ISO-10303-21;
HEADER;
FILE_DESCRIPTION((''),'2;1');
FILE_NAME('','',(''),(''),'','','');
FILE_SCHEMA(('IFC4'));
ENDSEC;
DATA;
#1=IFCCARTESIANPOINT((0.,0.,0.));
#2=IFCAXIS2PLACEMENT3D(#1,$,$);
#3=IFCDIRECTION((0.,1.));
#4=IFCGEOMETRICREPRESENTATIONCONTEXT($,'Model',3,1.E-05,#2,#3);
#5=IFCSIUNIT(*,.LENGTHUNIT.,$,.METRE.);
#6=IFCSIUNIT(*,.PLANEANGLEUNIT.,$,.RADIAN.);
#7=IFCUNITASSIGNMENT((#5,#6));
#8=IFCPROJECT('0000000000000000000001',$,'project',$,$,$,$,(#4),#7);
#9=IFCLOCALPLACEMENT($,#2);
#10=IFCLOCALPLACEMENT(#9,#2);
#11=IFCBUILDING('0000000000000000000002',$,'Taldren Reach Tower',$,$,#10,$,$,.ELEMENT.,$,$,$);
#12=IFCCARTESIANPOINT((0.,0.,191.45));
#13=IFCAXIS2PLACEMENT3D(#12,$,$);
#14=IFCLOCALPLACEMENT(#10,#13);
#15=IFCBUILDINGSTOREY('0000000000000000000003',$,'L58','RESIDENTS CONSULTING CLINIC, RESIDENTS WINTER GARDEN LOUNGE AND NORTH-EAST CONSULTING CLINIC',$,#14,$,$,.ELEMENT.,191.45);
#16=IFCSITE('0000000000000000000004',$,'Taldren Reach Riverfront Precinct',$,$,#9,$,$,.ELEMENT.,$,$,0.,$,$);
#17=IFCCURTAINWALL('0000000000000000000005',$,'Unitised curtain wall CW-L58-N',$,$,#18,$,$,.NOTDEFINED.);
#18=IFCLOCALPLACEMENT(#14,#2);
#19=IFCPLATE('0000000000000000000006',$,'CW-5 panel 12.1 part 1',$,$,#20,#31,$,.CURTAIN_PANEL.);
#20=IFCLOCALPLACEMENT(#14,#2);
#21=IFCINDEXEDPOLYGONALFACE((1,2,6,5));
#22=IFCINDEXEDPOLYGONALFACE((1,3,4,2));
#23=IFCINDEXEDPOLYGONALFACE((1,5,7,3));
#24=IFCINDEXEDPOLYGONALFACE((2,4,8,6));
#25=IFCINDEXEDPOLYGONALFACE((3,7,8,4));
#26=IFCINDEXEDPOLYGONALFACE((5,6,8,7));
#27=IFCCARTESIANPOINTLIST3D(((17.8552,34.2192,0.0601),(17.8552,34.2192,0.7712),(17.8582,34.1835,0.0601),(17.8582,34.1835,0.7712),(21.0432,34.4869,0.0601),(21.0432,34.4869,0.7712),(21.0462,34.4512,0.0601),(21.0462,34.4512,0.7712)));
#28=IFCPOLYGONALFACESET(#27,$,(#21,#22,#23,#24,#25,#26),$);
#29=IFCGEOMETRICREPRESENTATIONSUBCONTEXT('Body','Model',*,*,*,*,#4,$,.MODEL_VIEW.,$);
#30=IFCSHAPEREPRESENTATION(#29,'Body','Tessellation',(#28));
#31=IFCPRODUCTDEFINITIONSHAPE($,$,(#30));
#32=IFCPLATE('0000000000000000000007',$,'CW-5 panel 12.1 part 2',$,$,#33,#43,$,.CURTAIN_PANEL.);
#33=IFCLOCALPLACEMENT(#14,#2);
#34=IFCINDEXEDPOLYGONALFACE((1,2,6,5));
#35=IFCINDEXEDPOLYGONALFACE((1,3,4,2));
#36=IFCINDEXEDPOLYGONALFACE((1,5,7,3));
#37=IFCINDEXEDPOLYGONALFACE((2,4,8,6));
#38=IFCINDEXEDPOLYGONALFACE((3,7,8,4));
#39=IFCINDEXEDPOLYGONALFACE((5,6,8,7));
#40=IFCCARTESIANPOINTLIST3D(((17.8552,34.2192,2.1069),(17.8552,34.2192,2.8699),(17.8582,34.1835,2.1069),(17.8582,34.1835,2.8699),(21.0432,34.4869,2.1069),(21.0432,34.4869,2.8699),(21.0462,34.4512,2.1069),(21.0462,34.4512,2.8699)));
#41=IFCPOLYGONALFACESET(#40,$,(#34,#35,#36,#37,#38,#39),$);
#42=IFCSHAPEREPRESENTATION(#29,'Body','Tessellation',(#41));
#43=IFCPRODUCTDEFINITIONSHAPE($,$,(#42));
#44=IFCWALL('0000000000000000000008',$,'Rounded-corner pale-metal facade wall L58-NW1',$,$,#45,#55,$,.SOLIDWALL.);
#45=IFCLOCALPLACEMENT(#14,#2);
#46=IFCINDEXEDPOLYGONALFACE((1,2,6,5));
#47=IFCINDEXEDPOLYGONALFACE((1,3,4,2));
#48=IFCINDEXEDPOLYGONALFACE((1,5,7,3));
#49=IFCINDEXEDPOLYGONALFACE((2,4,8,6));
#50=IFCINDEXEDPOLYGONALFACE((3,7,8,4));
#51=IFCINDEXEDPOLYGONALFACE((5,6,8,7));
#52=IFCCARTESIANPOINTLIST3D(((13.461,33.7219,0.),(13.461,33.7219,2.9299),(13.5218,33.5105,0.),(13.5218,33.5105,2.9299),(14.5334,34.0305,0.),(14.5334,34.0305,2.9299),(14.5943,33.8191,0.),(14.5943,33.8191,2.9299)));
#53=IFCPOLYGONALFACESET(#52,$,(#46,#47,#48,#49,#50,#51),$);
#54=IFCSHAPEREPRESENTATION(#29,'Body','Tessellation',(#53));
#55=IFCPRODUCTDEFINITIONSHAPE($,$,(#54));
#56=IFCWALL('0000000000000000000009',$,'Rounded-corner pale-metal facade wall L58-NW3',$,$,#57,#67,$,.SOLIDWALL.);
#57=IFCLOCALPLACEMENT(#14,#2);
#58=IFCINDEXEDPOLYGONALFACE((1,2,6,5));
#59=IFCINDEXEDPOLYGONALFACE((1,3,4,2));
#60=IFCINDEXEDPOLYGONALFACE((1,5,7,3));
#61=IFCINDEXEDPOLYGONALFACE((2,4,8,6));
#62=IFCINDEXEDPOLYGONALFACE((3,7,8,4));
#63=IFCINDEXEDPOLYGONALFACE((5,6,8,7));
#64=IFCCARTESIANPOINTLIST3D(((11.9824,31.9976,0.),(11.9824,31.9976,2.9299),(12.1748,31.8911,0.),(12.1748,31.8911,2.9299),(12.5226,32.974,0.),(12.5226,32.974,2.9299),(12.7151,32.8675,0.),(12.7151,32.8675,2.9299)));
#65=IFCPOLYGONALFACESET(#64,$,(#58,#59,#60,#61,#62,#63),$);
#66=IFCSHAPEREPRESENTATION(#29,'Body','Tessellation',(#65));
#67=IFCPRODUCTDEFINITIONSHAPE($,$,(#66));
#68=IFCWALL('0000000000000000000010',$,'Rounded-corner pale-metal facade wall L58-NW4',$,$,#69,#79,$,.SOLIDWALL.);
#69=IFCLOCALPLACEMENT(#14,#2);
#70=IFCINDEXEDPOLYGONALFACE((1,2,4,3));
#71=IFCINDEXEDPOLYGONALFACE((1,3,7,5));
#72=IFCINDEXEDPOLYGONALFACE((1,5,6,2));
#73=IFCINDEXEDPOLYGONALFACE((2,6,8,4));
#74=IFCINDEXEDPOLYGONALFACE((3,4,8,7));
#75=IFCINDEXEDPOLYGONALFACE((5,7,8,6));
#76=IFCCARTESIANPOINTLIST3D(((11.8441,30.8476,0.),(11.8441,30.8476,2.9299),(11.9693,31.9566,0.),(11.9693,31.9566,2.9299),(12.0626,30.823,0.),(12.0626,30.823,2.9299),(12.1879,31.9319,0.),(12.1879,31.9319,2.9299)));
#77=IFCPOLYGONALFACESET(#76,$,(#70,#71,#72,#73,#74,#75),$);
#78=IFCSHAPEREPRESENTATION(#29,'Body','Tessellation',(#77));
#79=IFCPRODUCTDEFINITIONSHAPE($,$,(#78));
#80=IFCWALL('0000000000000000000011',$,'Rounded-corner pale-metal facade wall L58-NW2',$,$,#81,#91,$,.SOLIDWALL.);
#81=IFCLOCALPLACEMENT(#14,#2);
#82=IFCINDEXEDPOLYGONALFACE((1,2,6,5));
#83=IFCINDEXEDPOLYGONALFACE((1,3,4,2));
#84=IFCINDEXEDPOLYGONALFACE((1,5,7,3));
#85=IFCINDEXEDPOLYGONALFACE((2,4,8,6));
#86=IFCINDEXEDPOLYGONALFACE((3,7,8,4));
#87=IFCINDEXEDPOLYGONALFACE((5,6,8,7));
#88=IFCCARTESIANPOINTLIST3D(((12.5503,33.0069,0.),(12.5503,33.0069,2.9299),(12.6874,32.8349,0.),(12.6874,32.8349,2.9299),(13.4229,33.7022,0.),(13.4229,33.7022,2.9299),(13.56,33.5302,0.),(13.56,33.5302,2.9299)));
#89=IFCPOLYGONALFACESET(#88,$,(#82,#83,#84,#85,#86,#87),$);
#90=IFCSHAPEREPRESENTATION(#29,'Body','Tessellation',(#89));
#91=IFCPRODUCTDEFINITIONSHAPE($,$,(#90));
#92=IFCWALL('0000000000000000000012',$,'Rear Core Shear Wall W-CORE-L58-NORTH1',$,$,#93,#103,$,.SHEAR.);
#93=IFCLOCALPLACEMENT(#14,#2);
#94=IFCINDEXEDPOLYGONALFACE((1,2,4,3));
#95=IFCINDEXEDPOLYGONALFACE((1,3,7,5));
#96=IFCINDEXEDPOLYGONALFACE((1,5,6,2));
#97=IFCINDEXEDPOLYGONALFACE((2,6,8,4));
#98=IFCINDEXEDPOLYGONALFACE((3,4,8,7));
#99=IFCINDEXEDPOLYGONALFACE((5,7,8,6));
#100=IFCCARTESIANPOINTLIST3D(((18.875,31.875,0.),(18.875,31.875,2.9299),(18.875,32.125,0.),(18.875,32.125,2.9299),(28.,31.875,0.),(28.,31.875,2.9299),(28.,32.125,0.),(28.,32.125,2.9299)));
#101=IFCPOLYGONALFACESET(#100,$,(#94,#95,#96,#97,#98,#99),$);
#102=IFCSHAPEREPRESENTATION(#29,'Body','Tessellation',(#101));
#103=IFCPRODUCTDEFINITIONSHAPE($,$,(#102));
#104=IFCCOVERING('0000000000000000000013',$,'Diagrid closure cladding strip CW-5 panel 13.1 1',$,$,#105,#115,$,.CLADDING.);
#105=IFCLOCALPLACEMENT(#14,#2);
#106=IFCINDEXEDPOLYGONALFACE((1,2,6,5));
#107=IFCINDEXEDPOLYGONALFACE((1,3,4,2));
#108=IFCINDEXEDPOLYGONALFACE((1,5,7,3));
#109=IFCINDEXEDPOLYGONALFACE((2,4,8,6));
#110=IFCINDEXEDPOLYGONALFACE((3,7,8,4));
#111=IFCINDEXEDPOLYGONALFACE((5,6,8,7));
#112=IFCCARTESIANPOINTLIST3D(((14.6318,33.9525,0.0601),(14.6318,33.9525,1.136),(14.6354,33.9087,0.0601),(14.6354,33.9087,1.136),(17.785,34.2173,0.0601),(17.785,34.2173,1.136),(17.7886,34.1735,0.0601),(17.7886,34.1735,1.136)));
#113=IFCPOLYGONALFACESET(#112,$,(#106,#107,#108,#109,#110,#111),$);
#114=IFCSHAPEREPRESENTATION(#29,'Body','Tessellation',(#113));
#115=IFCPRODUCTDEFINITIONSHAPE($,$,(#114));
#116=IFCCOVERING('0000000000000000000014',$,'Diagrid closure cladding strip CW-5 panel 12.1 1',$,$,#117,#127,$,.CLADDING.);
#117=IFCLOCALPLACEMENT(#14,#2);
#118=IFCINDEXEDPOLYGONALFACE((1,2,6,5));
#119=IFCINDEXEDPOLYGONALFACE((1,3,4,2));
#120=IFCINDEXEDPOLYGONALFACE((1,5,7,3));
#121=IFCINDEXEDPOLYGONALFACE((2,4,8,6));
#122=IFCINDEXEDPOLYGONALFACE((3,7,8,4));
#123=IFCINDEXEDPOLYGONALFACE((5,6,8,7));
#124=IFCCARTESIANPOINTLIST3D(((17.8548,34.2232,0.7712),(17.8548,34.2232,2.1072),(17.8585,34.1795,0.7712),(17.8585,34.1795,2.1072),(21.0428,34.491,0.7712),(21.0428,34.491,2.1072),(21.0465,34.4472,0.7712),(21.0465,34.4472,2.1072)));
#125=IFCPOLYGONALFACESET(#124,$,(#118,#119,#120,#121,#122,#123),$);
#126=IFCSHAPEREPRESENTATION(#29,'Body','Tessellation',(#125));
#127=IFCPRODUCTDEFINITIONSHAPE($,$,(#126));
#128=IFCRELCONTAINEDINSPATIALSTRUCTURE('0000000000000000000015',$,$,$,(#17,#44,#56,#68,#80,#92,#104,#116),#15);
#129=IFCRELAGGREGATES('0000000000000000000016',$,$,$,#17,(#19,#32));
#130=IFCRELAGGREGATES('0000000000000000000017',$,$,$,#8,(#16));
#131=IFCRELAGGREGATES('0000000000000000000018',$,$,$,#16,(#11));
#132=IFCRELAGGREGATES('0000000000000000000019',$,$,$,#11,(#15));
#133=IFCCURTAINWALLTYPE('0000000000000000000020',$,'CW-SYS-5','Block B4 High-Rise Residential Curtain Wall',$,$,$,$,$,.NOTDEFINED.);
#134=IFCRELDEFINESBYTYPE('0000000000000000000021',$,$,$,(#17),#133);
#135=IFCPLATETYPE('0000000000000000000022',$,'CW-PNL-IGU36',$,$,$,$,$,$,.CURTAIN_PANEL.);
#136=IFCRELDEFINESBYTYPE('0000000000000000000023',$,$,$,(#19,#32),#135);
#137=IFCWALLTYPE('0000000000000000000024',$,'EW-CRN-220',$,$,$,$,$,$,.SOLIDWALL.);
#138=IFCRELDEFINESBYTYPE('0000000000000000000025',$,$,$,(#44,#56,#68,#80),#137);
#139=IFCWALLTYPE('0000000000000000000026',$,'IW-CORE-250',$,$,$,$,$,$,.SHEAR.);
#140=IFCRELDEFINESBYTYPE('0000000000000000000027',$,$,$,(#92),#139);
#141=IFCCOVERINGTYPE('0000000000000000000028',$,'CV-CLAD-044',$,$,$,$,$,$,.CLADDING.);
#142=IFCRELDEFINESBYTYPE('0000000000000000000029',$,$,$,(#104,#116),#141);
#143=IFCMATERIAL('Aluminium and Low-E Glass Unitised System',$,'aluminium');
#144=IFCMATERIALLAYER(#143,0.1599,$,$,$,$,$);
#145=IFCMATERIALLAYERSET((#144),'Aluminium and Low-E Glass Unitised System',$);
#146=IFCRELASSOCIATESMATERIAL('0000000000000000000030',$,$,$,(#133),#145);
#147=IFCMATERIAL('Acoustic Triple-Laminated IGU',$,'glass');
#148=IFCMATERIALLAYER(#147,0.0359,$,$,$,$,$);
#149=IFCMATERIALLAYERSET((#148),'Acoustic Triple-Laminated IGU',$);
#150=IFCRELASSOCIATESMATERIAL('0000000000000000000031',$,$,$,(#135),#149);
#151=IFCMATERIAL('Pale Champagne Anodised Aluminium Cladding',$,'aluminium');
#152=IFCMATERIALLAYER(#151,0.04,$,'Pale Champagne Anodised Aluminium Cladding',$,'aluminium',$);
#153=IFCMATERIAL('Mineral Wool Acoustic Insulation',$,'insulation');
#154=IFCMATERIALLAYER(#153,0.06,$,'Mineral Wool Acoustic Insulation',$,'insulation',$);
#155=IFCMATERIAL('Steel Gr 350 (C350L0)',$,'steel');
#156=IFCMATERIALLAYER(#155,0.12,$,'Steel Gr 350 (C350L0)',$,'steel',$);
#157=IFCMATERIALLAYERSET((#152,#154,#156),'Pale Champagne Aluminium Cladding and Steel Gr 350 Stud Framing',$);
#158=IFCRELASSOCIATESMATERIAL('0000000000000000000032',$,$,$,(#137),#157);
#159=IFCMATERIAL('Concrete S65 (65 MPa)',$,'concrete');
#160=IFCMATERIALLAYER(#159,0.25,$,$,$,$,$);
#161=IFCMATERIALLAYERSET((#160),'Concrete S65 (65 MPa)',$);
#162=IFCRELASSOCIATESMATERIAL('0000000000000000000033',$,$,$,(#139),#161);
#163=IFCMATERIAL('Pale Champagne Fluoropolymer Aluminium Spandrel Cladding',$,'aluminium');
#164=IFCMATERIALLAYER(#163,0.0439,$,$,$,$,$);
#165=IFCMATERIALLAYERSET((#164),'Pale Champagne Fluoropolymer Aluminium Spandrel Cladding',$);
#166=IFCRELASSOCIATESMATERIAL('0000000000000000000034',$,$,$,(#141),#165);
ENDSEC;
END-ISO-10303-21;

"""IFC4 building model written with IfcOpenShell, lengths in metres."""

from ifc_helpers import new_model, si_unit, direction, frame, frame_2d, origin, origin_2d, place, context, subcontext, project, spatial, rectangle, extrude, source, transform, mapped, material, layer, layer_set, type_object, element, aggregate, save


model = new_model("IFC4")

# Units and contexts
model_context = context("Model", 3, precision=1e-05, world=origin(), true_north=direction((0.0, 1.0)))
body_context = subcontext(model_context, "Body", "Model", "MODEL_VIEW")
ifc_project = project(units=[si_unit("LENGTHUNIT", "METRE"), si_unit("PLANEANGLEUNIT", "RADIAN")], contexts=[model_context])

# Site, building, storey
site_placement = place(None, origin())
site = spatial("IfcSite", under=ifc_project, at=site_placement, Name="Taldren Reach Riverfront Precinct", CompositionType="ELEMENT", RefElevation=0.0)
building_placement = place(site_placement, origin())
building = spatial("IfcBuilding", under=site, at=building_placement, Name="Taldren Reach Tower", CompositionType="ELEMENT")
storey_placement = place(building_placement, frame((0.0, 0.0, 191.45)))
storey = spatial("IfcBuildingStorey", under=building, at=storey_placement, Name="L58", Description="RESIDENTS CONSULTING CLINIC, RESIDENTS WINTER GARDEN LOUNGE AND NORTH-EAST CONSULTING CLINIC", CompositionType="ELEMENT", Elevation=191.45)

# Shared definitions
ifc_material_1 = material(Name="Steel Gr 350 (C350L0)", Category="steel")

# Curtain wall
ifc_material_2 = material(Name="Aluminium and Low-E Glass Unitised System", Category="aluminium")
ifc_layer_1 = layer(ifc_material_2, 0.1599)
ifc_layer_set_1 = layer_set([ifc_layer_1], Name="Aluminium and Low-E Glass Unitised System")
curtain_wall_type = type_object("IfcCurtainWallType", Name="CW-SYS-5", Description="Block B4 High-Rise Residential Curtain Wall", PredefinedType="NOTDEFINED", material=ifc_layer_set_1)
curtain_wall_1_placement = place(storey_placement, origin())
curtain_wall_1 = element("IfcCurtainWall", 1, at=curtain_wall_1_placement, inside=storey, type_object=curtain_wall_type, Name="Unitised curtain wall CW-L58-N", PredefinedType="NOTDEFINED")

# Plates
ifc_material_3 = material(Name="Acoustic Triple-Laminated IGU", Category="glass")
ifc_layer_2 = layer(ifc_material_3, 0.0359)
ifc_layer_set_2 = layer_set([ifc_layer_2], Name="Acoustic Triple-Laminated IGU")
plate_type_1 = type_object("IfcPlateType", Name="CW-PNL-IGU36", PredefinedType="CURTAIN_PANEL", material=ifc_layer_set_2)
shared_shape_1 = source(origin(), body_context, "Body", "SweptSolid", [
    extrude(rectangle(XDim=3.1992, YDim=0.0359, at=origin_2d()), origin(), (0.0, 0.0, 1.0), 0.7112),
])
plate_1_placement = place(storey_placement, frame((19.4507, 34.3352, 0.0601), z_axis=(0.0, 0.0, 1.0), x_axis=(-0.996493, -0.083678, 0.0)))
plate_1 = element("IfcPlate", 2, at=plate_1_placement, type_object=plate_type_1, Name="CW-5 panel 12.1 part 1", PredefinedType="CURTAIN_PANEL", context=body_context, shape_type="MappedRepresentation", body=[
    mapped(shared_shape_1, transform((0.0, 0.0, 0.0), scale=1.0)),
])
shared_shape_2 = source(origin(), body_context, "Body", "SweptSolid", [
    extrude(rectangle(XDim=3.1992, YDim=0.0359, at=origin_2d()), origin(), (0.0, 0.0, 1.0), 0.7629),
])
plate_2_placement = place(storey_placement, frame((19.4507, 34.3352, 2.1069), z_axis=(0.0, 0.0, 1.0), x_axis=(-0.996493, -0.083678, 0.0)))
plate_2 = element("IfcPlate", 3, at=plate_2_placement, type_object=plate_type_1, Name="CW-5 panel 12.1 part 2", PredefinedType="CURTAIN_PANEL", context=body_context, shape_type="MappedRepresentation", body=[
    mapped(shared_shape_2, transform((0.0, 0.0, 0.0), scale=1.0)),
])
aggregate(curtain_wall_1, [plate_1, plate_2])

# Walls
ifc_material_4 = material(Name="Pale Champagne Anodised Aluminium Cladding", Category="aluminium")
ifc_layer_3 = layer(ifc_material_4, 0.04, Name="Pale Champagne Anodised Aluminium Cladding", Category="aluminium")
ifc_material_5 = material(Name="Mineral Wool Acoustic Insulation", Category="insulation")
ifc_layer_4 = layer(ifc_material_5, 0.06, Name="Mineral Wool Acoustic Insulation", Category="insulation")
ifc_layer_5 = layer(ifc_material_1, 0.12, Name="Steel Gr 350 (C350L0)", Category="steel")
ifc_layer_set_3 = layer_set([ifc_layer_3, ifc_layer_4, ifc_layer_5], Name="Pale Champagne Aluminium Cladding and Steel Gr 350 Stud Framing")
wall_type_1 = type_object("IfcWallType", Name="EW-CRN-220", PredefinedType="SOLIDWALL", material=ifc_layer_set_3)
shared_shape_3 = source(origin(), body_context, "Body", "SweptSolid", [
    extrude(rectangle(XDim=1.116, YDim=0.22, at=frame_2d((0.5581, 0.0))), origin(), (0.0, 0.0, 1.0), 2.9299),
])
for number, where, z_axis, x_axis, name in (
    (4, (14.564, 33.9248, 0.0), (0.0, 0.0, 1.0), (-0.96101, -0.276512, 0.0), "Rounded-corner pale-metal facade wall L58-NW1"),
    (5, (12.6189, 32.9209, 0.0), (0.0, 0.0, 1.0), (-0.484101, -0.875012, 0.0), "Rounded-corner pale-metal facade wall L58-NW3"),
    (6, (12.0786, 31.9443, 0.0), (0.0, 0.0, 1.0), (-0.112232, -0.993682, 0.0), "Rounded-corner pale-metal facade wall L58-NW4"),
):
    element("IfcWall", number, at=place(storey_placement, frame(where, z_axis=z_axis, x_axis=x_axis)), inside=storey, type_object=wall_type_1, Name=name, PredefinedType="SOLIDWALL", context=body_context, shape_type="MappedRepresentation", body=[
        mapped(shared_shape_3, transform((0.0, 0.0, 0.0), scale=1.0)),
    ])
shared_shape_4 = source(origin(), body_context, "Body", "SweptSolid", [
    extrude(rectangle(XDim=1.1157, YDim=0.22, at=frame_2d((0.5579, 0.0))), origin(), (0.0, 0.0, 1.0), 2.9299),
])
wall_1_placement = place(storey_placement, frame((13.4915, 33.6162, 0.0), z_axis=(0.0, 0.0, 1.0), x_axis=(-0.782063, -0.6232, 0.0)))
element("IfcWall", 7, at=wall_1_placement, inside=storey, type_object=wall_type_1, Name="Rounded-corner pale-metal facade wall L58-NW2", PredefinedType="SOLIDWALL", context=body_context, shape_type="MappedRepresentation", body=[
    mapped(shared_shape_4, transform((0.0, 0.0, 0.0), scale=1.0)),
])
ifc_material_6 = material(Name="Concrete S65 (65 MPa)", Category="concrete")
ifc_layer_6 = layer(ifc_material_6, 0.25)
ifc_layer_set_4 = layer_set([ifc_layer_6], Name="Concrete S65 (65 MPa)")
wall_type_2 = type_object("IfcWallType", Name="IW-CORE-250", PredefinedType="SHEAR", material=ifc_layer_set_4)
shared_shape_5 = source(origin(), body_context, "Body", "SweptSolid", [
    extrude(rectangle(XDim=9.125, YDim=0.25, at=frame_2d((4.5625, 0.0))), origin(), (0.0, 0.0, 1.0), 2.9299),
])
wall_2_placement = place(storey_placement, frame((18.875, 32.0, 0.0), z_axis=(0.0, 0.0, 1.0), x_axis=(1.0, 0.0, 0.0)))
element("IfcWall", 8, at=wall_2_placement, inside=storey, type_object=wall_type_2, Name="Rear Core Shear Wall W-CORE-L58-NORTH1", PredefinedType="SHEAR", context=body_context, shape_type="MappedRepresentation", body=[
    mapped(shared_shape_5, transform((0.0, 0.0, 0.0), scale=1.0)),
])

# Coverings
ifc_material_7 = material(Name="Pale Champagne Fluoropolymer Aluminium Spandrel Cladding", Category="aluminium")
ifc_layer_7 = layer(ifc_material_7, 0.0439)
ifc_layer_set_5 = layer_set([ifc_layer_7], Name="Pale Champagne Fluoropolymer Aluminium Spandrel Cladding")
covering_type = type_object("IfcCoveringType", Name="CV-CLAD-044", PredefinedType="CLADDING", material=ifc_layer_set_5)
shared_shape_6 = source(origin(), body_context, "Body", "SweptSolid", [
    extrude(rectangle(XDim=3.1643, YDim=0.0439, at=origin_2d()), origin(), (0.0, 0.0, 1.0), 1.0759),
])
covering_1_placement = place(storey_placement, frame((16.2102, 34.063, 0.0601), z_axis=(0.0, 0.0, 1.0), x_axis=(-0.996493, -0.083678, 0.0)))
element("IfcCovering", 9, at=covering_1_placement, inside=storey, type_object=covering_type, Name="Diagrid closure cladding strip CW-5 panel 13.1 1", PredefinedType="CLADDING", context=body_context, shape_type="MappedRepresentation", body=[
    mapped(shared_shape_6, transform((0.0, 0.0, 0.0), scale=1.0)),
])
shared_shape_7 = source(origin(), body_context, "Body", "SweptSolid", [
    extrude(rectangle(XDim=3.1992, YDim=0.0439, at=origin_2d()), origin(), (0.0, 0.0, 1.0), 1.3359),
])
covering_2_placement = place(storey_placement, frame((19.4507, 34.3352, 0.7712), z_axis=(0.0, 0.0, 1.0), x_axis=(-0.996493, -0.083678, 0.0)))
element("IfcCovering", 10, at=covering_2_placement, inside=storey, type_object=covering_type, Name="Diagrid closure cladding strip CW-5 panel 12.1 1", PredefinedType="CLADDING", context=body_context, shape_type="MappedRepresentation", body=[
    mapped(shared_shape_7, transform((0.0, 0.0, 0.0), scale=1.0)),
])

save(model, "model.ifc")
